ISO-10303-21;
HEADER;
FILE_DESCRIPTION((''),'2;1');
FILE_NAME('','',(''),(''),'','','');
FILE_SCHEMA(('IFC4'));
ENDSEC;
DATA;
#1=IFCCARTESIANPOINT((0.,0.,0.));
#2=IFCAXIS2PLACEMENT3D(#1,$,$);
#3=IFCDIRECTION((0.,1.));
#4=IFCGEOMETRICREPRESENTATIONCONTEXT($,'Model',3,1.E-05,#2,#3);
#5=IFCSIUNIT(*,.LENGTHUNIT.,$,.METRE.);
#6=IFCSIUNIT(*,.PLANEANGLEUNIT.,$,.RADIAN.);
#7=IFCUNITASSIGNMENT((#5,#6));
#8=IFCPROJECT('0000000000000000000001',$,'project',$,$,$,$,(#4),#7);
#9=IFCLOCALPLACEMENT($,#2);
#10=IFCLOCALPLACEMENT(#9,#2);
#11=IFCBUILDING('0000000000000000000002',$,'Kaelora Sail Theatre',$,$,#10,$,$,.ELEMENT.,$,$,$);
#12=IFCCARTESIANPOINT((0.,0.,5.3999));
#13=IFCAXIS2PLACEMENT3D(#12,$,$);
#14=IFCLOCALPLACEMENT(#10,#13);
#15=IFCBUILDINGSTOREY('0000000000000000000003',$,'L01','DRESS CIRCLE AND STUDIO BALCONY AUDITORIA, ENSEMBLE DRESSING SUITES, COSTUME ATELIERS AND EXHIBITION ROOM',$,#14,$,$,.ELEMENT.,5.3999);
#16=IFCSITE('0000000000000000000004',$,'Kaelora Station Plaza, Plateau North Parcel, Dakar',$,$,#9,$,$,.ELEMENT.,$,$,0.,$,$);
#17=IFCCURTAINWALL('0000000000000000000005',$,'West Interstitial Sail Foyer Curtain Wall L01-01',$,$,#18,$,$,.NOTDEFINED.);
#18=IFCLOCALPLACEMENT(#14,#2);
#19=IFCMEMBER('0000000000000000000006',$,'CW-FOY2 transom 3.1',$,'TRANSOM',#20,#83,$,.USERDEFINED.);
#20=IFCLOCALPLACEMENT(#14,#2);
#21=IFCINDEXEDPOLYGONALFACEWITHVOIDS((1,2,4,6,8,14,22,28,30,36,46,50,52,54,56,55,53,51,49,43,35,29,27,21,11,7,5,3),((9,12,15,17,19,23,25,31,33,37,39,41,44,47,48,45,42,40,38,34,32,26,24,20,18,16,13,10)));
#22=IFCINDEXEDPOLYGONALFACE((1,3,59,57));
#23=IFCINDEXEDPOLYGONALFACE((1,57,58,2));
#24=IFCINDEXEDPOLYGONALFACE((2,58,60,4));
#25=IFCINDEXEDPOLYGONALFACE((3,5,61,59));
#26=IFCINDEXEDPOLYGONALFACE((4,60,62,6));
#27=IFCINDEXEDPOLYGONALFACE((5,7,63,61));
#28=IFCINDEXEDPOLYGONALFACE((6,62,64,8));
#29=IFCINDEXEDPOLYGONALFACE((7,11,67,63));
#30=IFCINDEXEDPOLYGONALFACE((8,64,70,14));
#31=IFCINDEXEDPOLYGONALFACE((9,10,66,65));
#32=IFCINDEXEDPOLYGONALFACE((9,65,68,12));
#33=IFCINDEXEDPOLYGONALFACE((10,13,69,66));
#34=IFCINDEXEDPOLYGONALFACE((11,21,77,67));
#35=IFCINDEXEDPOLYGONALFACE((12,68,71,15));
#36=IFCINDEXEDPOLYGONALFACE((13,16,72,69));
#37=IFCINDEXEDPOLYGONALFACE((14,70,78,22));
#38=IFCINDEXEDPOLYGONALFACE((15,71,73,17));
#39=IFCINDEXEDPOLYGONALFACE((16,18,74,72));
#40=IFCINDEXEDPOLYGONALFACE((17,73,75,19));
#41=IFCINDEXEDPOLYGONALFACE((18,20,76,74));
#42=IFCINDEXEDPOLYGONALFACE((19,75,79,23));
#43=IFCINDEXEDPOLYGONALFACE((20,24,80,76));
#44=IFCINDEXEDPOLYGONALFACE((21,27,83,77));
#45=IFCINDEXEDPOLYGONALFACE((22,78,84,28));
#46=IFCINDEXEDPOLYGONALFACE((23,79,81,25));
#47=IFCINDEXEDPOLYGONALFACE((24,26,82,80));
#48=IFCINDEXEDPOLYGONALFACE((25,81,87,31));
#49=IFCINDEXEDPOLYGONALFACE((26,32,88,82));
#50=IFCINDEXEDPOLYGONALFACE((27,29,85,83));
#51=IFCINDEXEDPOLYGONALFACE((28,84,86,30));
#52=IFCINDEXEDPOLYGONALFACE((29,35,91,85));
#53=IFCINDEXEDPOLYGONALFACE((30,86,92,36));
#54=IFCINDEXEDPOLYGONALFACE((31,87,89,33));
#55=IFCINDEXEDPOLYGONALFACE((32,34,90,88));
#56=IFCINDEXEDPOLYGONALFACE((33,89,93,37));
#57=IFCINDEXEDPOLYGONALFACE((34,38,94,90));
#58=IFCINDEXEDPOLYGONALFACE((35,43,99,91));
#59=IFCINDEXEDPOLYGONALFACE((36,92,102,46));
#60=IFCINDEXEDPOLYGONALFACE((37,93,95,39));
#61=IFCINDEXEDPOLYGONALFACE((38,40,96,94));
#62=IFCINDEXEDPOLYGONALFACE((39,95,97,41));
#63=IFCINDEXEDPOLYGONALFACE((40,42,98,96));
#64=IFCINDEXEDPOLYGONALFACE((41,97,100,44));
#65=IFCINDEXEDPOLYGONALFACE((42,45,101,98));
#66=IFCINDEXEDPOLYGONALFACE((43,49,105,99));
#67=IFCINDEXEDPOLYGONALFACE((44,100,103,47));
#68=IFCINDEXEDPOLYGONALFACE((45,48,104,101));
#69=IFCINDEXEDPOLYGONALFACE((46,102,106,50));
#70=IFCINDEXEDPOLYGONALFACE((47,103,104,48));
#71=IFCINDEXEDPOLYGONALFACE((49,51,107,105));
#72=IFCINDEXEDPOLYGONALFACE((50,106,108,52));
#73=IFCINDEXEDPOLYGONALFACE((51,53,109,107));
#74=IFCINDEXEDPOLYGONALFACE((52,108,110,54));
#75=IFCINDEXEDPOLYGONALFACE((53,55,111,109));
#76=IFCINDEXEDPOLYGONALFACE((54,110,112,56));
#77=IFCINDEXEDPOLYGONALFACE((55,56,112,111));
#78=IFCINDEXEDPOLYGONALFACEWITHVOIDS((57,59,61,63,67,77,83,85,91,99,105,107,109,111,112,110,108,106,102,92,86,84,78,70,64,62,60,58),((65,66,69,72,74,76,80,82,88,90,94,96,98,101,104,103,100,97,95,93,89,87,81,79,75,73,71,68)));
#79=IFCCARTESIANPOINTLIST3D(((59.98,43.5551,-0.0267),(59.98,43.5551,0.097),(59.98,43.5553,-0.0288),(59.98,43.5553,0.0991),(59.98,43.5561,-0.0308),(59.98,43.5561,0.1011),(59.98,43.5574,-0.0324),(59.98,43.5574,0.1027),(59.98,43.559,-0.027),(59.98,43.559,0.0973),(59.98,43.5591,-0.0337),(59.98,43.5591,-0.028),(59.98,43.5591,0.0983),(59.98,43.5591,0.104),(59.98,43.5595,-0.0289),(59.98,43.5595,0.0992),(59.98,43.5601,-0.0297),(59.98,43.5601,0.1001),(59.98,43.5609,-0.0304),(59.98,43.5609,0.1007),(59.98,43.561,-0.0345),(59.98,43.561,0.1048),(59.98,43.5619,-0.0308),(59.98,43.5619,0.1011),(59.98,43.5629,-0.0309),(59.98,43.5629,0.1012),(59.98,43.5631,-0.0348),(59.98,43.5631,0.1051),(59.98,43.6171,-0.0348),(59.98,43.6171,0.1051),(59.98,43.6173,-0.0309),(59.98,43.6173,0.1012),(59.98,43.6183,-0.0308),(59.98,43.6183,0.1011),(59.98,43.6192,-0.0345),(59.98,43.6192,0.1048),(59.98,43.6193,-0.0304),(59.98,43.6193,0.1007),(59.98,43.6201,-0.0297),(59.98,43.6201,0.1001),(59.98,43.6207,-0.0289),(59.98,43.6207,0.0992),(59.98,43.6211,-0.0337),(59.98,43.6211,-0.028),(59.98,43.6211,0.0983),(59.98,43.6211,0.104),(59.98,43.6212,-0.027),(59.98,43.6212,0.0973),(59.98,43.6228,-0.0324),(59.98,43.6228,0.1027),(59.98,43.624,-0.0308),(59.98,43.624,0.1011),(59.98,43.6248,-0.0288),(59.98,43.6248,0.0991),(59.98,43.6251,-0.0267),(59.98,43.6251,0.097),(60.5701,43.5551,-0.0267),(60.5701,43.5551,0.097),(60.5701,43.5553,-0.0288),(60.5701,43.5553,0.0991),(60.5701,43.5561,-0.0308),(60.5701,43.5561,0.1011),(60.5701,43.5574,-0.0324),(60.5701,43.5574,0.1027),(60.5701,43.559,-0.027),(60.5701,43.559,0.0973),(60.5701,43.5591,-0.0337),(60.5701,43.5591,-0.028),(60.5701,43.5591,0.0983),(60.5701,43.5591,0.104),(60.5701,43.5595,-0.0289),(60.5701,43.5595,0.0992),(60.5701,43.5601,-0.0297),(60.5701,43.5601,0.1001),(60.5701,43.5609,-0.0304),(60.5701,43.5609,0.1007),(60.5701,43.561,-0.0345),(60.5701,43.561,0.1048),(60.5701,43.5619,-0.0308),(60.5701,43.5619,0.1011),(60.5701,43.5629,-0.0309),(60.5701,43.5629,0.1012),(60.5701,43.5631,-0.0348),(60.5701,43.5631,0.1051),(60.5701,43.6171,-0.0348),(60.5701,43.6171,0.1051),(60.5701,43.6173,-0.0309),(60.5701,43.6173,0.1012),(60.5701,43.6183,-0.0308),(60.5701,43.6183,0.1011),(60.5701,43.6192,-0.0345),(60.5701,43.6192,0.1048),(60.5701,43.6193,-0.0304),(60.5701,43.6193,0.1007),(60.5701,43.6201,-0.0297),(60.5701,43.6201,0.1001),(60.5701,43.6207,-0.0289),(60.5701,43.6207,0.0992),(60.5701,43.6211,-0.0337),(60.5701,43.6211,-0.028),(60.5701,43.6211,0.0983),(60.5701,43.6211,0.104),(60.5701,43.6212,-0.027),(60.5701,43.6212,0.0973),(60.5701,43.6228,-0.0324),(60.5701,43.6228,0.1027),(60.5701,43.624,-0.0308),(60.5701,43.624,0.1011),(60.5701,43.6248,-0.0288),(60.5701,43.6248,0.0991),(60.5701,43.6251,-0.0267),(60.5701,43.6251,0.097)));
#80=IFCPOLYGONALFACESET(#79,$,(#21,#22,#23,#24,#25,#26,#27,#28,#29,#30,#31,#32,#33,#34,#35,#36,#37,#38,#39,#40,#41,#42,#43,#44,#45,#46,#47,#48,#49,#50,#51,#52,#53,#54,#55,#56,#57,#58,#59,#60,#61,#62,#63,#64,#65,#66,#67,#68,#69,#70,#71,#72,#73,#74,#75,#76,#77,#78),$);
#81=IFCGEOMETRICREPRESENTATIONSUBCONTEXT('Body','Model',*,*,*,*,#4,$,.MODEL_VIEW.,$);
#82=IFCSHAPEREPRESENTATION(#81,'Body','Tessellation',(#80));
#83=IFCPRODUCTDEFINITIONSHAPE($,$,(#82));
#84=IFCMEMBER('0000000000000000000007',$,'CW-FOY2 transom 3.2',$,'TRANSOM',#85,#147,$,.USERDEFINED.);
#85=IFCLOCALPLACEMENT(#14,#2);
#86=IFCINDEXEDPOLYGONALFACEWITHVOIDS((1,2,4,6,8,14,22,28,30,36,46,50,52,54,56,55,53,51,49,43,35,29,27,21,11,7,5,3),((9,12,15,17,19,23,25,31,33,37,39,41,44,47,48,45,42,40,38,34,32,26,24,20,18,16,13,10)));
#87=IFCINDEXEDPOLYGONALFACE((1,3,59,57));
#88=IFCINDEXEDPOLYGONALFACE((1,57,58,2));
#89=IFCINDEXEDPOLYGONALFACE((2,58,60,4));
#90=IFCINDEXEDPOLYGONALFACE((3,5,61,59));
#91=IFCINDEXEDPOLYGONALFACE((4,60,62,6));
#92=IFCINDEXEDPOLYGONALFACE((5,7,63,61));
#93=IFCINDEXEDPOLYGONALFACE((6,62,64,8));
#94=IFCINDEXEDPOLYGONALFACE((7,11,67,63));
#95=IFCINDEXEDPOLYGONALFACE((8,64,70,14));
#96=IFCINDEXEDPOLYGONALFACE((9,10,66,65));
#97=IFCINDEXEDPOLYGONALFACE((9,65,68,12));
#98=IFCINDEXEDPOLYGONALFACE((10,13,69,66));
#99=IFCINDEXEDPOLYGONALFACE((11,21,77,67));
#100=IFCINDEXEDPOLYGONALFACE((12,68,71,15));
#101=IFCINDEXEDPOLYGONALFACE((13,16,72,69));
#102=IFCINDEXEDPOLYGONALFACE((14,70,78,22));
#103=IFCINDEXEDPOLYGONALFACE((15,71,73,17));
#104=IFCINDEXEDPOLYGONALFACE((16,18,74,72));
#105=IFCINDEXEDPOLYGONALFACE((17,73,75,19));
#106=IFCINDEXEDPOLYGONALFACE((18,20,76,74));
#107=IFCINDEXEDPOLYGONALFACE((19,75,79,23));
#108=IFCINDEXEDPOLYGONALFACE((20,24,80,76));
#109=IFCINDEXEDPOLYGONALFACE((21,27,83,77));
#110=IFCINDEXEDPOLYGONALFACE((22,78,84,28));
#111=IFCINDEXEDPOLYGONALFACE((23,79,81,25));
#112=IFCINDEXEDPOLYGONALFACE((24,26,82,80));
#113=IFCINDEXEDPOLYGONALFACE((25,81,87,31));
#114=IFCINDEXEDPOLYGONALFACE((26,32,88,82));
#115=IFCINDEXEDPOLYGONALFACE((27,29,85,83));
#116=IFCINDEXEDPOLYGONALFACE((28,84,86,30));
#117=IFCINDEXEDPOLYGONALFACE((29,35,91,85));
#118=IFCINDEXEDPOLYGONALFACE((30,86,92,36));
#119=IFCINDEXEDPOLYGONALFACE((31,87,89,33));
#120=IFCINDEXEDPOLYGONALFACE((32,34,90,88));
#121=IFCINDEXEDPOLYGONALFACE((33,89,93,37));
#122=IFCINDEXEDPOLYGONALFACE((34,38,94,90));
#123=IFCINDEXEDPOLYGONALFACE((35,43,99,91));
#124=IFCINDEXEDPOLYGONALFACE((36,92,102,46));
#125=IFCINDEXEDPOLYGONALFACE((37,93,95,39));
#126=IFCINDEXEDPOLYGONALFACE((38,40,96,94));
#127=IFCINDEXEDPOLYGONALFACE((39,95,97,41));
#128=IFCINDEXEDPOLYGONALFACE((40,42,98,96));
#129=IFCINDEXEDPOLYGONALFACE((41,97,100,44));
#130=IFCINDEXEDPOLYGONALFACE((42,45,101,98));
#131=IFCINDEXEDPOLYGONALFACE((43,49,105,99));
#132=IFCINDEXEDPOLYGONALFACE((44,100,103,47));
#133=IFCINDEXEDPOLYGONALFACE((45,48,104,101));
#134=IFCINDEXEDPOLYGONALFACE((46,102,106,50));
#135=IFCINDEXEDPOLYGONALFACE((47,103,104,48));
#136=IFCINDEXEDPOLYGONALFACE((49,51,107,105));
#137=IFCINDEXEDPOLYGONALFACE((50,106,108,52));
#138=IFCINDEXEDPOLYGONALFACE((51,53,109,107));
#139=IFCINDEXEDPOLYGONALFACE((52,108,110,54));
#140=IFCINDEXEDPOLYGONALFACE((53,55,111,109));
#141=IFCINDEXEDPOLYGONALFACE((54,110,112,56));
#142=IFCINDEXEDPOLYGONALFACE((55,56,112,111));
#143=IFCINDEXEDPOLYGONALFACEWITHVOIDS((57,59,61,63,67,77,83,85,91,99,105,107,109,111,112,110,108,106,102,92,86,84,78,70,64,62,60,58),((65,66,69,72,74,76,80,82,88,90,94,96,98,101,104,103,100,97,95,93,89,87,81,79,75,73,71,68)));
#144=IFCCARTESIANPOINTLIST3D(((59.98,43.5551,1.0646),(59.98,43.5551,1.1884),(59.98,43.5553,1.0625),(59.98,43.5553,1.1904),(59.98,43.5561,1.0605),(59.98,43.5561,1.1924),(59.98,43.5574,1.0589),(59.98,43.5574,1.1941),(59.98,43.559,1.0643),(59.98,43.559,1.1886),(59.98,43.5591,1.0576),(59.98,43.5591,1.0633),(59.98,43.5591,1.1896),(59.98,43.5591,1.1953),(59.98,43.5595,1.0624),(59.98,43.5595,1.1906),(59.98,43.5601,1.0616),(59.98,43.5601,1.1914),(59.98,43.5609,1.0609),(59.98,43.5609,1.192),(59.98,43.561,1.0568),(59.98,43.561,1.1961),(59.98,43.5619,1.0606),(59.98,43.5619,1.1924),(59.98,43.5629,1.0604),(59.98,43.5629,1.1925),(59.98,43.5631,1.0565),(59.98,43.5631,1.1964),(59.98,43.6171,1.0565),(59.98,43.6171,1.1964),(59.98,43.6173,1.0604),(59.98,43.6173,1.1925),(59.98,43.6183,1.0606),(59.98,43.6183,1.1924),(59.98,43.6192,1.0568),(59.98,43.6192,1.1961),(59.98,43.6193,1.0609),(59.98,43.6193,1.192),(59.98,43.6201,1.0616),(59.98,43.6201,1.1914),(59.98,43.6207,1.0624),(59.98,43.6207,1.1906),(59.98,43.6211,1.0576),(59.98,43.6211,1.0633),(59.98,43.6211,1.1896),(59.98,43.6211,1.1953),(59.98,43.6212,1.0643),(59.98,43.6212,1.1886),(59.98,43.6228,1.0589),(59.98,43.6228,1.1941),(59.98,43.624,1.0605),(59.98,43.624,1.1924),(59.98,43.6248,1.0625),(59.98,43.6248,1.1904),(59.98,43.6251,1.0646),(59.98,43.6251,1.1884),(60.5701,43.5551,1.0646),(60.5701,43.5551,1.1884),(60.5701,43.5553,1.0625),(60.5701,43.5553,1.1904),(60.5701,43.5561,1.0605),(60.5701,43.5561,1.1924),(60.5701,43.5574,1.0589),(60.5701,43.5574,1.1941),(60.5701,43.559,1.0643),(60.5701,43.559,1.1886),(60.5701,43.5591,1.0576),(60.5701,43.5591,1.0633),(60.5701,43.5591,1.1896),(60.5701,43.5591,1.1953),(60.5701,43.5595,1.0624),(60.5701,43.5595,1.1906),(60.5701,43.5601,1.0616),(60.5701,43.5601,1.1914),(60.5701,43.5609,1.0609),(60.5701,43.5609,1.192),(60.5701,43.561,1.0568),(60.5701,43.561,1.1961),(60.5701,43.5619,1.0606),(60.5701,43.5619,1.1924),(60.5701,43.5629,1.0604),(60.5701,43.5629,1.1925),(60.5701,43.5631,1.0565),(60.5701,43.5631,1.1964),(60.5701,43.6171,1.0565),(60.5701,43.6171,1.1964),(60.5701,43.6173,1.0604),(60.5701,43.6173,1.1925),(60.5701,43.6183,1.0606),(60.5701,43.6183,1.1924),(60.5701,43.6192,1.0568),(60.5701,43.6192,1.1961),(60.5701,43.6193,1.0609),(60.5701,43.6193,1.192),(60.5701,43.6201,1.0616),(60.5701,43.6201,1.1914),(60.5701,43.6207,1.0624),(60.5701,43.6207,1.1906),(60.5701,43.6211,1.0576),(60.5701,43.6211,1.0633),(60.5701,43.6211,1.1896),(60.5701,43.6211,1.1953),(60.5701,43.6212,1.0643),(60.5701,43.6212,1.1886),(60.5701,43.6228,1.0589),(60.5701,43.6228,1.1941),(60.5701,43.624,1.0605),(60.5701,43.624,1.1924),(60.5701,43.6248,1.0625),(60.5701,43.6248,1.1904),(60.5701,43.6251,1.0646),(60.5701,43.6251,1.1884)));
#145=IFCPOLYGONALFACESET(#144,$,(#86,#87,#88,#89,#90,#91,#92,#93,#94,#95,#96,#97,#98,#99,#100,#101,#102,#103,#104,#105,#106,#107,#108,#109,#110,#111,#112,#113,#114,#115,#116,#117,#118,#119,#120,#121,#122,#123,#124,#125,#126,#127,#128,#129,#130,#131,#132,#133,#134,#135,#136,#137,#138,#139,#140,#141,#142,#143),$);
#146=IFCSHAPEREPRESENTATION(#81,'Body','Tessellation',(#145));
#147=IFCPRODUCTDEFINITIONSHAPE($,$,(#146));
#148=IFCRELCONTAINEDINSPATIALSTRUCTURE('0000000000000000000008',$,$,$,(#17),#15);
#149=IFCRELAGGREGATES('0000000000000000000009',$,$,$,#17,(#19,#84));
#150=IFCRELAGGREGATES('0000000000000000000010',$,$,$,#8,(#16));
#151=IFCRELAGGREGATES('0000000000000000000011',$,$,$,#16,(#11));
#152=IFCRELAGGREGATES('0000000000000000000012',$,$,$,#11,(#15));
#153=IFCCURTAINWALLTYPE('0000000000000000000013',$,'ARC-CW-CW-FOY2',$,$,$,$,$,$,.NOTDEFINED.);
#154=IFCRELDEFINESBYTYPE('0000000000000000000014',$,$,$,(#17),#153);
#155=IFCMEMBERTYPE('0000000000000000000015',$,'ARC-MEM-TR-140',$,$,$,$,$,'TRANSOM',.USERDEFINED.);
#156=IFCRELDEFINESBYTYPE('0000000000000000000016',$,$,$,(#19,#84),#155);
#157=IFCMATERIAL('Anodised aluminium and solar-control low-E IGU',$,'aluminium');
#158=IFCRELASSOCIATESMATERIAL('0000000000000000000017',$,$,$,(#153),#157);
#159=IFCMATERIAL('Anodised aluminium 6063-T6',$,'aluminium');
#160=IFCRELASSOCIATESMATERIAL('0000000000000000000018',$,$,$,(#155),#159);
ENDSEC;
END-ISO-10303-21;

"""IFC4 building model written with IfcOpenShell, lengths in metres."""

from ifc_helpers import new_model, si_unit, direction, frame, origin, origin_2d, place, context, subcontext, project, spatial, hollow_rectangle, extrude, material, material_profile, profile_set, type_object, element, aggregate, save


model = new_model("IFC4")

# Units and contexts
model_context = context("Model", 3, precision=1e-05, world=origin(), true_north=direction((0.0, 1.0)))
body_context = subcontext(model_context, "Body", "Model", "MODEL_VIEW")
ifc_project = project(units=[si_unit("LENGTHUNIT", "METRE"), si_unit("PLANEANGLEUNIT", "RADIAN")], contexts=[model_context])

# Site, building, storey
site_placement = place(None, origin())
site = spatial("IfcSite", under=ifc_project, at=site_placement, Name="Kaelora Station Plaza, Plateau North Parcel, Dakar", CompositionType="ELEMENT", RefElevation=0.0)
building_placement = place(site_placement, origin())
building = spatial("IfcBuilding", under=site, at=building_placement, Name="Kaelora Sail Theatre", CompositionType="ELEMENT")
storey_placement = place(building_placement, frame((0.0, 0.0, 5.3999)))
storey = spatial("IfcBuildingStorey", under=building, at=storey_placement, Name="L01", Description="DRESS CIRCLE AND STUDIO BALCONY AUDITORIA, ENSEMBLE DRESSING SUITES, COSTUME ATELIERS AND EXHIBITION ROOM", CompositionType="ELEMENT", Elevation=5.3999)

# Curtain wall, members
ifc_material_1 = material(Name="Anodised aluminium and solar-control low-E IGU", Category="aluminium")
curtain_wall_type = type_object("IfcCurtainWallType", Name="ARC-CW-CW-FOY2", PredefinedType="NOTDEFINED", material=ifc_material_1)
curtain_wall_placement = place(storey_placement, origin())
curtain_wall = element("IfcCurtainWall", 1, at=curtain_wall_placement, inside=storey, type_object=curtain_wall_type, Name="West Interstitial Sail Foyer Curtain Wall L01-01", PredefinedType="NOTDEFINED")
ifc_material_2 = material(Name="Anodised aluminium 6063-T6", Category="aluminium")
ifc_material_profile_1 = material_profile(ifc_material_2, hollow_rectangle(XDim=0.0701, YDim=0.1399, WallThickness=0.0039, InnerFilletRadius=0.0039, OuterFilletRadius=0.0081, at=origin_2d()), Name="ALU-TRAN 70x140x4")
ifc_profile_set_1 = profile_set([ifc_material_profile_1], Name="Anodised aluminium 6063-T6")
member_type_1 = type_object("IfcMemberType", Name="ARC-MEM-TR-140", ElementType="TRANSOM", PredefinedType="USERDEFINED", material=ifc_profile_set_1)
member_1_placement = place(storey_placement, frame((59.98, 43.5901, 0.0352), z_axis=(1.0, 0.0, 0.0), x_axis=(0.0, 1.0, 0.0)))
member_1 = element("IfcMember", 2, at=member_1_placement, type_object=member_type_1, Name="CW-FOY2 transom 3.1", ObjectType="TRANSOM", PredefinedType="USERDEFINED", context=body_context, shape_type="SweptSolid", body=[
    extrude(hollow_rectangle(XDim=0.0701, YDim=0.1399, WallThickness=0.0039, InnerFilletRadius=0.0039, OuterFilletRadius=0.0081, at=origin_2d()), origin(), (0.0, 0.0, 1.0), 0.5901),
])
member_2_placement = place(storey_placement, frame((59.98, 43.5901, 1.1265), z_axis=(1.0, 0.0, 0.0), x_axis=(0.0, 1.0, 0.0)))
member_2 = element("IfcMember", 3, at=member_2_placement, type_object=member_type_1, Name="CW-FOY2 transom 3.2", ObjectType="TRANSOM", PredefinedType="USERDEFINED", context=body_context, shape_type="SweptSolid", body=[
    extrude(hollow_rectangle(XDim=0.0701, YDim=0.1399, WallThickness=0.0039, InnerFilletRadius=0.0039, OuterFilletRadius=0.0081, at=origin_2d()), origin(), (0.0, 0.0, 1.0), 0.5901),
])
aggregate(curtain_wall, [member_1, member_2])

save(model, "model.ifc")
